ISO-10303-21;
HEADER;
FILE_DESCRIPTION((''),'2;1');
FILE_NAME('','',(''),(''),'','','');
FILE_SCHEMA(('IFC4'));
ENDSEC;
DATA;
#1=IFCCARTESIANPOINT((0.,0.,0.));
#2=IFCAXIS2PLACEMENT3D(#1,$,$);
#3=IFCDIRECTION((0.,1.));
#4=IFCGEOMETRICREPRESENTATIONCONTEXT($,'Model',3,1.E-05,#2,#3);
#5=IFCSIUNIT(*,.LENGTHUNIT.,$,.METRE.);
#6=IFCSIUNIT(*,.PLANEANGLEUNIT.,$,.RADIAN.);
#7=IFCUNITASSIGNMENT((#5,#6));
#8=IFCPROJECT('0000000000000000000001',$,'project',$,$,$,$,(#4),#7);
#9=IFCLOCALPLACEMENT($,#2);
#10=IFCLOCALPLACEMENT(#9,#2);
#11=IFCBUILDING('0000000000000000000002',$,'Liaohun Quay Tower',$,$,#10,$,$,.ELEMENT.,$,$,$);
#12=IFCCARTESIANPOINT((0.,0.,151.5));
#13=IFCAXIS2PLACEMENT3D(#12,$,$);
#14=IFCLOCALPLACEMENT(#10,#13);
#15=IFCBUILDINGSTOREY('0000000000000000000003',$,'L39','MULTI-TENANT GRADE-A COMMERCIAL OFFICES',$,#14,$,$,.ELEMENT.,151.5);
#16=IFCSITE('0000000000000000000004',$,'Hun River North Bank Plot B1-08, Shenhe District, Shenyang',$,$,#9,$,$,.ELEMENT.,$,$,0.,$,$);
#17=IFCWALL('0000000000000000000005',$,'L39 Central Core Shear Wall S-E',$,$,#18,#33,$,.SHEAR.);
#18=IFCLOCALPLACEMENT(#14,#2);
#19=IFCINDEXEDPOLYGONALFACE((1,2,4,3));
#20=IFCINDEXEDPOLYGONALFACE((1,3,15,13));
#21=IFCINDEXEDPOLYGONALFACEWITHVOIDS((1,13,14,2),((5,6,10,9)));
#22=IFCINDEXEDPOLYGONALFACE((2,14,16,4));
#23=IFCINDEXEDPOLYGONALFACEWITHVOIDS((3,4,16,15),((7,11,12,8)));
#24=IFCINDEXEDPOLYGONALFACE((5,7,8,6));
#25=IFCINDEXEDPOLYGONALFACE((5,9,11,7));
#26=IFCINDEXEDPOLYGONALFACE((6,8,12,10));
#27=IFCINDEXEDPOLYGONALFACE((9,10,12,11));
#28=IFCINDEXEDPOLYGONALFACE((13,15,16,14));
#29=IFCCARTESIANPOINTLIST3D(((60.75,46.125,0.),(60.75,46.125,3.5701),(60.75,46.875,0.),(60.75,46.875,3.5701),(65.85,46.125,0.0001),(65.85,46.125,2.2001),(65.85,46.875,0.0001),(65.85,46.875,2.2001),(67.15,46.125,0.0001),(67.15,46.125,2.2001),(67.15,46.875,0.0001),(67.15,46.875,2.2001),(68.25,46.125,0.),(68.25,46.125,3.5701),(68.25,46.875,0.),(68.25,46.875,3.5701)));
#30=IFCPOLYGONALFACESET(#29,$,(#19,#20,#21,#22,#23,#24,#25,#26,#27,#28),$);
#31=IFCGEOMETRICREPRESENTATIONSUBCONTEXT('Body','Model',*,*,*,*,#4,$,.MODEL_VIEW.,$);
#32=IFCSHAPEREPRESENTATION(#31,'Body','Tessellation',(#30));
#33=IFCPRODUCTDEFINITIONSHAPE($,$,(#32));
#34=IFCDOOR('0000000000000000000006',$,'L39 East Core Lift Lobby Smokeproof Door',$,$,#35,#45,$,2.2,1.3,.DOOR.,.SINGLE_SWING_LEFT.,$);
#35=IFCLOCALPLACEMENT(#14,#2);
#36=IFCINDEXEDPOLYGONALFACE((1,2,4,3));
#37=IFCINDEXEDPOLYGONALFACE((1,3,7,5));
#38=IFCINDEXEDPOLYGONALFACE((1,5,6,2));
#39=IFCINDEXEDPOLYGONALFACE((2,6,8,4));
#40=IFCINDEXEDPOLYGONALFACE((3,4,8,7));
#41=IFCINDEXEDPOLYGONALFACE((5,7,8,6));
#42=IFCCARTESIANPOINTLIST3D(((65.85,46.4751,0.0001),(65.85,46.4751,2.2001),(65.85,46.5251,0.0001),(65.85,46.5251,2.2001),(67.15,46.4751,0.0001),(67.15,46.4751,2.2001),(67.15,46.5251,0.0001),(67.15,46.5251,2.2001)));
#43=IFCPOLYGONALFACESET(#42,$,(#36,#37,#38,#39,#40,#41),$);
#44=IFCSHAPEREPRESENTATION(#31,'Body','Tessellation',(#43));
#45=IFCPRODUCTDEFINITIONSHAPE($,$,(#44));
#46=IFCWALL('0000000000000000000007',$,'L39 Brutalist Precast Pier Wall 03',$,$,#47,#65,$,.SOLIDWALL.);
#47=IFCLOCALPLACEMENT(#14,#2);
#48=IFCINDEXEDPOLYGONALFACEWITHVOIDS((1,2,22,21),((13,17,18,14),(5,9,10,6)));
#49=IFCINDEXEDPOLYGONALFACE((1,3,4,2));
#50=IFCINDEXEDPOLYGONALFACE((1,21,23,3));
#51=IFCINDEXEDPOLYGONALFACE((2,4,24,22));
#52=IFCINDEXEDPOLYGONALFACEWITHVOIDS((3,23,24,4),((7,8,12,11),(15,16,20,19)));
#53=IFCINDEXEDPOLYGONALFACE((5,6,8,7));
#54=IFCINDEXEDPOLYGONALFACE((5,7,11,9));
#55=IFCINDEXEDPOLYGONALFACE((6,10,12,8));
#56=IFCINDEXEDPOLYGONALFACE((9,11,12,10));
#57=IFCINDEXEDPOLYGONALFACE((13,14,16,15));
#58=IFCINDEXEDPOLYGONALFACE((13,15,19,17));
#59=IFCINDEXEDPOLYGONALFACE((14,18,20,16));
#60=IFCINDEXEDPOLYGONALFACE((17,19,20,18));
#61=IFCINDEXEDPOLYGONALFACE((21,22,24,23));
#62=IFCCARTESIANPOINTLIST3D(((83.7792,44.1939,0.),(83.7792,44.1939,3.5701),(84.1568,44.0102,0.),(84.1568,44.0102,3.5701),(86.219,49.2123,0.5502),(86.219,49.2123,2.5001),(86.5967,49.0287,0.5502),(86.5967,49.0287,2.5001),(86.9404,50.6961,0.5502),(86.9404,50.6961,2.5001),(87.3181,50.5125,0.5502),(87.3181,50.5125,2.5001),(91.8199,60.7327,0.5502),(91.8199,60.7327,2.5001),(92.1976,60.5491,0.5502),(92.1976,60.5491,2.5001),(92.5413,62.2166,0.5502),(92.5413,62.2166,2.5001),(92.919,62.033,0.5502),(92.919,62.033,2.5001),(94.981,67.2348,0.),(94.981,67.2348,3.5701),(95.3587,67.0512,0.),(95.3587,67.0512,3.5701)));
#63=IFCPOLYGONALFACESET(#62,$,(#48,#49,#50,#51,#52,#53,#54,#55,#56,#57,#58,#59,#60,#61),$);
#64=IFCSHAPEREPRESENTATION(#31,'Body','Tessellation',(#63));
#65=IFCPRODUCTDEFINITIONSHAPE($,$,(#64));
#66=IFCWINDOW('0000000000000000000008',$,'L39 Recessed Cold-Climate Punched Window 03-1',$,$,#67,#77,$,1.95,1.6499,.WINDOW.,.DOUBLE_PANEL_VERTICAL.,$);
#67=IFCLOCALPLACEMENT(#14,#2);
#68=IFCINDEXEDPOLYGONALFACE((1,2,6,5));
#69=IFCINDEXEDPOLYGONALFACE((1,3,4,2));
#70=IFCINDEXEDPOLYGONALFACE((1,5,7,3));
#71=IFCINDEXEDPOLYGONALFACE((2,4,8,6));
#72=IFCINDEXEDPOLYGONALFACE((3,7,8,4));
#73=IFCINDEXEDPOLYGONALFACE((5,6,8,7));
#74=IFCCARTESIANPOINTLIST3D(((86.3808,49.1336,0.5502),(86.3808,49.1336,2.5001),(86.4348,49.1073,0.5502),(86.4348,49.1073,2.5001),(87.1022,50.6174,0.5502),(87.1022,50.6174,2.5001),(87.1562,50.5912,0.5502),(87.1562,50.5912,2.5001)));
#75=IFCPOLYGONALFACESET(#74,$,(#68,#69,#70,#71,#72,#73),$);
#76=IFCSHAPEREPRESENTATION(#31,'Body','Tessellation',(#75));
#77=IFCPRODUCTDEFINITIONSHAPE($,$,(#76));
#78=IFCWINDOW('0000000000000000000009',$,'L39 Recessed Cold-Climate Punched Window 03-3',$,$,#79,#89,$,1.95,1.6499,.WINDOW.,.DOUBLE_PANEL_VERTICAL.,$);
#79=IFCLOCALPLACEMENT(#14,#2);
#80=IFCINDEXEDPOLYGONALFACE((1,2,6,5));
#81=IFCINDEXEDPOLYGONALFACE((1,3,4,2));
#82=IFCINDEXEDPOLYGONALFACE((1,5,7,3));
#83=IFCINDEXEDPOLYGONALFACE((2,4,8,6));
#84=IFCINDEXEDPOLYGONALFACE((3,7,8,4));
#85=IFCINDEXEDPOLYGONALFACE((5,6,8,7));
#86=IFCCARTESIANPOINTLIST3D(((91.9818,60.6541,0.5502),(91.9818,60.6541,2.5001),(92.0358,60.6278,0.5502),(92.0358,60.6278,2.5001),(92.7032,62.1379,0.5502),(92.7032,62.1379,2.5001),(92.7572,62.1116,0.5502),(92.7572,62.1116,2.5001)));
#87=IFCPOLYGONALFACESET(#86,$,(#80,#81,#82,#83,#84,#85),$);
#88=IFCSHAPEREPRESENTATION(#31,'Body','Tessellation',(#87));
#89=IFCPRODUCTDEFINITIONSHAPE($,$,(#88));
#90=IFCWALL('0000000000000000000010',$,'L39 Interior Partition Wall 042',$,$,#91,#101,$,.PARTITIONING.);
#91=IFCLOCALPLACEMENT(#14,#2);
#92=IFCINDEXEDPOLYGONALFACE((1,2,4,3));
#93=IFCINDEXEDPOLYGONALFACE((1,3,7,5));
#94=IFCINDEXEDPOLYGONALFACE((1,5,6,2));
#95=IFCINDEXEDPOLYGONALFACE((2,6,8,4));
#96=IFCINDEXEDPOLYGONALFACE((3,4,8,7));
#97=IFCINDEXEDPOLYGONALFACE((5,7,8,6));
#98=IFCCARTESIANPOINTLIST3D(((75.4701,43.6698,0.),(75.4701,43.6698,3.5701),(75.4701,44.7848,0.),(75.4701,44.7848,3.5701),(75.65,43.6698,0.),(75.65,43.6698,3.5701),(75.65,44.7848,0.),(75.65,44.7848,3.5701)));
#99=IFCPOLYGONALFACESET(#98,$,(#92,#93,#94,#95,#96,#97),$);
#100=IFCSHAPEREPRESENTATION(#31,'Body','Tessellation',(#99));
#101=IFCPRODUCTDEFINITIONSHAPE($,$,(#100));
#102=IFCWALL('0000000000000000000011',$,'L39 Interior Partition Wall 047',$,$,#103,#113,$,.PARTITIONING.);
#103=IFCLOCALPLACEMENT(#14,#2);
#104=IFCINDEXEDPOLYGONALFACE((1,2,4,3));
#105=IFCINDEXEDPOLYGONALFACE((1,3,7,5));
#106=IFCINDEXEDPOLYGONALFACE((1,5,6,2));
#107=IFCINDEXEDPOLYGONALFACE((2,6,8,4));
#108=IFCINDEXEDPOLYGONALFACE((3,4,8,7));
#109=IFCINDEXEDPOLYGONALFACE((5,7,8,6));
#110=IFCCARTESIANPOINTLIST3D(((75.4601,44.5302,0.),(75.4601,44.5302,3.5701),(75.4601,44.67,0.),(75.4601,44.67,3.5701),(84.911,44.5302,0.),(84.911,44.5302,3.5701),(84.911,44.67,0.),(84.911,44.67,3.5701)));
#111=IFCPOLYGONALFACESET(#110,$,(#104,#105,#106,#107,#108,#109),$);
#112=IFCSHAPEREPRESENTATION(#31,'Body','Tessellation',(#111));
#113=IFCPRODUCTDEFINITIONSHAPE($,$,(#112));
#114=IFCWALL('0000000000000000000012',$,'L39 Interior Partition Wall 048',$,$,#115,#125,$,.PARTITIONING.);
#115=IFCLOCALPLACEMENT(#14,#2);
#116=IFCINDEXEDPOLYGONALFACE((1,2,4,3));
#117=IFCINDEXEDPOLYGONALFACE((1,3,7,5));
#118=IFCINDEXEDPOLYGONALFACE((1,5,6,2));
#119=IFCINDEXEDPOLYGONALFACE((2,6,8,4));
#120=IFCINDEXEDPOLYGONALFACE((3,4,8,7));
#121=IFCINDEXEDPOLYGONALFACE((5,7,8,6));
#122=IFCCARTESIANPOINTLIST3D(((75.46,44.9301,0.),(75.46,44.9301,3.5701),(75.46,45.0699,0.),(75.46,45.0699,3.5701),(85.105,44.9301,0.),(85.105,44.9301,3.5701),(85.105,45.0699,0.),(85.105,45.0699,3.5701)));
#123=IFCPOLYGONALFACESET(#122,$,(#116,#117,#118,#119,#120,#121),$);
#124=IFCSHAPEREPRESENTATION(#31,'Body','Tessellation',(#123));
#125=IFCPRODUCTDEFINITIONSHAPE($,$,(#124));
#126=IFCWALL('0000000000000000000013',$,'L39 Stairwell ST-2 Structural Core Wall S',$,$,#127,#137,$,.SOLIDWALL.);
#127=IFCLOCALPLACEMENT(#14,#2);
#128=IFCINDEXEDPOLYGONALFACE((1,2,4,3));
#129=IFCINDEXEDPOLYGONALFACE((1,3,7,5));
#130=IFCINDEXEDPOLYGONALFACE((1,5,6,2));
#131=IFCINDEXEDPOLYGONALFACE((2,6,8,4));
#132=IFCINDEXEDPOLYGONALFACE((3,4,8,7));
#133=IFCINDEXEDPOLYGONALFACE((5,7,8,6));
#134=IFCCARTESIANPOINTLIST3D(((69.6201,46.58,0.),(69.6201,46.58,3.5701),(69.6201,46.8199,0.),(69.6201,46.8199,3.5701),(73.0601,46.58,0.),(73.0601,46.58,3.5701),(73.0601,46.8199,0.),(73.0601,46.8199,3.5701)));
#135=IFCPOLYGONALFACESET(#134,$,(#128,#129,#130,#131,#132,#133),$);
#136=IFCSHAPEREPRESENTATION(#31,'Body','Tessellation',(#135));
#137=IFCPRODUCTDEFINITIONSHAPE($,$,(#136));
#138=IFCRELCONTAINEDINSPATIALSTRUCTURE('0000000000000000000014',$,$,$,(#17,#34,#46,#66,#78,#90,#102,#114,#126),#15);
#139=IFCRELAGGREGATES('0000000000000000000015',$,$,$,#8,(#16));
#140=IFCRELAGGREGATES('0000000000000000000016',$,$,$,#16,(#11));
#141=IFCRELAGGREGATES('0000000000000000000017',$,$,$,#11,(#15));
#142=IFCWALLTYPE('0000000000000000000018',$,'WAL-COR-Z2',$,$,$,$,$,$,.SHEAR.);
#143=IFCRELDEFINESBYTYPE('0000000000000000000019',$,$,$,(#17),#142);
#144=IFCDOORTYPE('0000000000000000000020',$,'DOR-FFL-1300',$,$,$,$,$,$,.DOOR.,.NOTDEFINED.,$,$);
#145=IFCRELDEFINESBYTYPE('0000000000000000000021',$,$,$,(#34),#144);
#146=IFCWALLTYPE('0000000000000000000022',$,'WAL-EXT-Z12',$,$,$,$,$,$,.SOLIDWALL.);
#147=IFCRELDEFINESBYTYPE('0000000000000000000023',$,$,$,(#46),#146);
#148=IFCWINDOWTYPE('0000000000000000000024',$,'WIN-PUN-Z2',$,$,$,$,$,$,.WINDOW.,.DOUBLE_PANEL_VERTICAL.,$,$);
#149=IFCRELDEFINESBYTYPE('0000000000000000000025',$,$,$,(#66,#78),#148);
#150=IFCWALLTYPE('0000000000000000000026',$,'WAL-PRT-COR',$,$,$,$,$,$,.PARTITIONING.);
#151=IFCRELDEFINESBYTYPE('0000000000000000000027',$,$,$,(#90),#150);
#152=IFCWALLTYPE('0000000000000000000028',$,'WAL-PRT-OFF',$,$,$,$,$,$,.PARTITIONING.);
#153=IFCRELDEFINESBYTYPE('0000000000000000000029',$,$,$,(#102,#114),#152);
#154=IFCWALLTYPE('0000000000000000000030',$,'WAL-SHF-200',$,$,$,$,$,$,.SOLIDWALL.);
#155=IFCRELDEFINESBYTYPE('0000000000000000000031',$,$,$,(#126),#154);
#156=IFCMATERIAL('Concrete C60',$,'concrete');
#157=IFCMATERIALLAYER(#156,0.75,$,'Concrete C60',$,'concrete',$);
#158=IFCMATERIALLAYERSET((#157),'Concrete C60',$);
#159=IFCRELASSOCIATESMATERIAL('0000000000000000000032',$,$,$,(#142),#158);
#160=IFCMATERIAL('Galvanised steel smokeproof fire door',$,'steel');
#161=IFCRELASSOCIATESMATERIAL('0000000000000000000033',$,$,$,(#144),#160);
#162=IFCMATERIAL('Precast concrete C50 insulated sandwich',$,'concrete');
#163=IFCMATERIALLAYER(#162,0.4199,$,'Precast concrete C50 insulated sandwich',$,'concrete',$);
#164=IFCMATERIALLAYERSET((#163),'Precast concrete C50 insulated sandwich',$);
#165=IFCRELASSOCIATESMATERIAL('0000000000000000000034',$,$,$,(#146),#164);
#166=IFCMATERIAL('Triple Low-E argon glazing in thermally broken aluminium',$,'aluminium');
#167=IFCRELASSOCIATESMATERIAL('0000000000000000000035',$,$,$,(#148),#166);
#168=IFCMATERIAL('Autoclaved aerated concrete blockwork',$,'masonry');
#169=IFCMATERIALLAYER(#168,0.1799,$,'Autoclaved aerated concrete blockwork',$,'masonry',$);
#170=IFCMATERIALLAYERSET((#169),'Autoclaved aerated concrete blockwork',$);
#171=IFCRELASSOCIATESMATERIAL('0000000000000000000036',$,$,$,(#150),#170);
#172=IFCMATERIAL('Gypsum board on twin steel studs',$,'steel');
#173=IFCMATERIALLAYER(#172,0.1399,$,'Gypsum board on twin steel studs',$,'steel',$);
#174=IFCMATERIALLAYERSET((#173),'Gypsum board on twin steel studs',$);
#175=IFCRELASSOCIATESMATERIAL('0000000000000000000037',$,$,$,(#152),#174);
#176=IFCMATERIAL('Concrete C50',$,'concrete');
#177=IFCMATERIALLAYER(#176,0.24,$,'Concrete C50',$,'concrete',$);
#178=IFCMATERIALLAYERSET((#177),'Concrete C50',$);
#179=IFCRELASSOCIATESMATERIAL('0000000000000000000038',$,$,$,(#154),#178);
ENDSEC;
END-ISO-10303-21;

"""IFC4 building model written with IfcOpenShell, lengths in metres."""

from ifc_helpers import new_model, si_unit, direction, frame, frame_2d, origin, place, context, subcontext, project, spatial, rectangle, extrude, source, transform, mapped, material, layer, layer_set, type_object, element, fill, save


model = new_model("IFC4")

# Units and contexts
model_context = context("Model", 3, precision=1e-05, world=origin(), true_north=direction((0.0, 1.0)))
body_context = subcontext(model_context, "Body", "Model", "MODEL_VIEW")
ifc_project = project(units=[si_unit("LENGTHUNIT", "METRE"), si_unit("PLANEANGLEUNIT", "RADIAN")], contexts=[model_context])

# Site, building, storey
site_placement = place(None, origin())
site = spatial("IfcSite", under=ifc_project, at=site_placement, Name="Hun River North Bank Plot B1-08, Shenhe District, Shenyang", CompositionType="ELEMENT", RefElevation=0.0)
building_placement = place(site_placement, origin())
building = spatial("IfcBuilding", under=site, at=building_placement, Name="Liaohun Quay Tower", CompositionType="ELEMENT")
storey_placement = place(building_placement, frame((0.0, 0.0, 151.5)))
storey = spatial("IfcBuildingStorey", under=building, at=storey_placement, Name="L39", Description="MULTI-TENANT GRADE-A COMMERCIAL OFFICES", CompositionType="ELEMENT", Elevation=151.5)

# Shared definitions
ifc_material_1 = material(Name="Concrete C60", Category="concrete")

# Wall, opening, door
ifc_layer_1 = layer(ifc_material_1, 0.75, Name="Concrete C60", Category="concrete")
ifc_layer_set_1 = layer_set([ifc_layer_1], Name="Concrete C60")
wall_type_1 = type_object("IfcWallType", Name="WAL-COR-Z2", PredefinedType="SHEAR", material=ifc_layer_set_1)
wall_1_placement = place(storey_placement, frame((68.25, 46.5, 0.0), z_axis=(0.0, 0.0, 1.0), x_axis=(-1.0, 0.0, 0.0)))
wall_1 = element("IfcWall", 1, at=wall_1_placement, inside=storey, type_object=wall_type_1, Name="L39 Central Core Shear Wall S-E", PredefinedType="SHEAR", context=body_context, shape_type="SweptSolid", body=[
    extrude(rectangle(XDim=7.5, YDim=0.75, at=frame_2d((3.75, 0.0))), origin(), (0.0, 0.0, 1.0), 3.5701),
])
shared_shape_1 = source(origin(), body_context, "Body", "SweptSolid", [
    extrude(rectangle(XDim=1.3, YDim=2.2, at=frame_2d((0.6499, 1.1001))), frame((0.0, 0.385, 0.0), z_axis=(0.0, -1.0, 0.0), x_axis=(1.0, 0.0, 0.0)), (0.0, 0.0, 1.0), 0.77),
])
opening_1_placement = place(wall_1_placement, frame((1.1001, 0.0, 0.0)))
opening_1 = element("IfcOpeningElement", 2, at=opening_1_placement, cuts=wall_1, PredefinedType="OPENING", context=body_context, shape_type="MappedRepresentation", body=[
    mapped(shared_shape_1, transform((0.0, 0.0, 0.0), x_axis=(1.0, 0.0, 0.0), y_axis=(0.0, 1.0, 0.0), z_axis=(0.0, 0.0, 1.0), scale=1.0)),
])
ifc_material_2 = material(Name="Galvanised steel smokeproof fire door", Category="steel")
door_type = type_object("IfcDoorType", Name="DOR-FFL-1300", OperationType="NOTDEFINED", PredefinedType="DOOR", material=ifc_material_2)
shared_shape_2 = source(origin(), body_context, "Body", "SweptSolid", [
    extrude(rectangle(XDim=1.3, YDim=2.2, at=frame_2d((0.6499, 1.1001))), frame((0.0, 0.0249, 0.0), z_axis=(0.0, -1.0, 0.0), x_axis=(1.0, 0.0, 0.0)), (0.0, 0.0, 1.0), 0.05),
])
door_placement = place(opening_1_placement, origin())
door = element("IfcDoor", 3, at=door_placement, inside=storey, type_object=door_type, Name="L39 East Core Lift Lobby Smokeproof Door", OperationType="SINGLE_SWING_LEFT", OverallHeight=2.2, OverallWidth=1.3, PredefinedType="DOOR", context=body_context, shape_type="MappedRepresentation", body=[
    mapped(shared_shape_2, transform((0.0, 0.0, 0.0), x_axis=(1.0, 0.0, 0.0), y_axis=(0.0, 1.0, 0.0), z_axis=(0.0, 0.0, 1.0), scale=1.0)),
])
fill(opening_1, door)

# Wall, openings, windows
ifc_material_3 = material(Name="Precast concrete C50 insulated sandwich", Category="concrete")
ifc_layer_2 = layer(ifc_material_3, 0.4199, Name="Precast concrete C50 insulated sandwich", Category="concrete")
ifc_layer_set_2 = layer_set([ifc_layer_2], Name="Precast concrete C50 insulated sandwich")
wall_type_2 = type_object("IfcWallType", Name="WAL-EXT-Z12", PredefinedType="SOLIDWALL", material=ifc_layer_set_2)
wall_2_placement = place(storey_placement, frame((83.968, 44.1021, 0.0), z_axis=(0.0, 0.0, 1.0), x_axis=(0.437237, 0.899346, 0.0)))
wall_2 = element("IfcWall", 4, at=wall_2_placement, inside=storey, type_object=wall_type_2, Name="L39 Brutalist Precast Pier Wall 03", PredefinedType="SOLIDWALL", context=body_context, shape_type="SweptSolid", body=[
    extrude(rectangle(XDim=25.6196, YDim=0.4199, at=frame_2d((12.8098, 0.0))), origin(), (0.0, 0.0, 1.0), 3.5701),
])
shared_shape_3 = source(origin(), body_context, "Body", "SweptSolid", [
    extrude(rectangle(XDim=1.6499, YDim=1.95, at=frame_2d((0.825, 0.9751))), frame((0.0, 0.22, 0.0), z_axis=(0.0, -1.0, 0.0), x_axis=(1.0, 0.0, 0.0)), (0.0, 0.0, 1.0), 0.4399),
])
opening_2_placement = place(wall_2_placement, frame((5.5801, 0.0, 0.55)))
opening_2 = element("IfcOpeningElement", 5, at=opening_2_placement, cuts=wall_2, PredefinedType="OPENING", context=body_context, shape_type="MappedRepresentation", body=[
    mapped(shared_shape_3, transform((0.0, 0.0, 0.0), x_axis=(1.0, 0.0, 0.0), y_axis=(0.0, 1.0, 0.0), z_axis=(0.0, 0.0, 1.0), scale=1.0)),
])
opening_3_placement = place(wall_2_placement, frame((18.3899, 0.0, 0.55)))
opening_3 = element("IfcOpeningElement", 6, at=opening_3_placement, cuts=wall_2, PredefinedType="OPENING", context=body_context, shape_type="MappedRepresentation", body=[
    mapped(shared_shape_3, transform((0.0, 0.0, 0.0), x_axis=(1.0, 0.0, 0.0), y_axis=(0.0, 1.0, 0.0), z_axis=(0.0, 0.0, 1.0), scale=1.0)),
])
ifc_material_4 = material(Name="Triple Low-E argon glazing in thermally broken aluminium", Category="aluminium")
window_type = type_object("IfcWindowType", Name="WIN-PUN-Z2", PartitioningType="DOUBLE_PANEL_VERTICAL", PredefinedType="WINDOW", material=ifc_material_4)
shared_shape_4 = source(origin(), body_context, "Body", "SweptSolid", [
    extrude(rectangle(XDim=1.6499, YDim=1.95, at=frame_2d((0.825, 0.9751))), frame((0.0, 0.03, 0.0), z_axis=(0.0, -1.0, 0.0), x_axis=(1.0, 0.0, 0.0)), (0.0, 0.0, 1.0), 0.0601),
])
window_1_placement = place(opening_2_placement, origin())
window_1 = element("IfcWindow", 7, at=window_1_placement, inside=storey, type_object=window_type, Name="L39 Recessed Cold-Climate Punched Window 03-1", OverallHeight=1.95, OverallWidth=1.6499, PartitioningType="DOUBLE_PANEL_VERTICAL", PredefinedType="WINDOW", context=body_context, shape_type="MappedRepresentation", body=[
    mapped(shared_shape_4, transform((0.0, 0.0, 0.0), x_axis=(1.0, 0.0, 0.0), y_axis=(0.0, 1.0, 0.0), z_axis=(0.0, 0.0, 1.0), scale=1.0)),
])
fill(opening_2, window_1)
window_2_placement = place(opening_3_placement, origin())
window_2 = element("IfcWindow", 8, at=window_2_placement, inside=storey, type_object=window_type, Name="L39 Recessed Cold-Climate Punched Window 03-3", OverallHeight=1.95, OverallWidth=1.6499, PartitioningType="DOUBLE_PANEL_VERTICAL", PredefinedType="WINDOW", context=body_context, shape_type="MappedRepresentation", body=[
    mapped(shared_shape_4, transform((0.0, 0.0, 0.0), x_axis=(1.0, 0.0, 0.0), y_axis=(0.0, 1.0, 0.0), z_axis=(0.0, 0.0, 1.0), scale=1.0)),
])
fill(opening_3, window_2)

# Walls
ifc_material_5 = material(Name="Autoclaved aerated concrete blockwork", Category="masonry")
ifc_layer_3 = layer(ifc_material_5, 0.1799, Name="Autoclaved aerated concrete blockwork", Category="masonry")
ifc_layer_set_3 = layer_set([ifc_layer_3], Name="Autoclaved aerated concrete blockwork")
wall_type_3 = type_object("IfcWallType", Name="WAL-PRT-COR", PredefinedType="PARTITIONING", material=ifc_layer_set_3)
wall_3_placement = place(storey_placement, frame((75.5601, 44.7849, 0.0), z_axis=(0.0, 0.0, 1.0), x_axis=(0.0, -1.0, 0.0)))
element("IfcWall", 9, at=wall_3_placement, inside=storey, type_object=wall_type_3, Name="L39 Interior Partition Wall 042", PredefinedType="PARTITIONING", context=body_context, shape_type="SweptSolid", body=[
    extrude(rectangle(XDim=1.115, YDim=0.1799, at=frame_2d((0.5576, 0.0))), origin(), (0.0, 0.0, 1.0), 3.5701),
])
ifc_material_6 = material(Name="Gypsum board on twin steel studs", Category="steel")
ifc_layer_4 = layer(ifc_material_6, 0.1399, Name="Gypsum board on twin steel studs", Category="steel")
ifc_layer_set_4 = layer_set([ifc_layer_4], Name="Gypsum board on twin steel studs")
wall_type_4 = type_object("IfcWallType", Name="WAL-PRT-OFF", PredefinedType="PARTITIONING", material=ifc_layer_set_4)
wall_4_placement = place(storey_placement, frame((75.46, 44.6001, 0.0), z_axis=(0.0, 0.0, 1.0), x_axis=(1.0, 0.0, 0.0)))
element("IfcWall", 10, at=wall_4_placement, inside=storey, type_object=wall_type_4, Name="L39 Interior Partition Wall 047", PredefinedType="PARTITIONING", context=body_context, shape_type="SweptSolid", body=[
    extrude(rectangle(XDim=9.4509, YDim=0.1399, at=frame_2d((4.7256, 0.0))), origin(), (0.0, 0.0, 1.0), 3.5701),
])
wall_5_placement = place(storey_placement, frame((75.46, 45.0, 0.0), z_axis=(0.0, 0.0, 1.0), x_axis=(1.0, 0.0, 0.0)))
element("IfcWall", 11, at=wall_5_placement, inside=storey, type_object=wall_type_4, Name="L39 Interior Partition Wall 048", PredefinedType="PARTITIONING", context=body_context, shape_type="SweptSolid", body=[
    extrude(rectangle(XDim=9.645, YDim=0.1399, at=frame_2d((4.8225, 0.0))), origin(), (0.0, 0.0, 1.0), 3.5701),
])
ifc_material_7 = material(Name="Concrete C50", Category="concrete")
ifc_layer_5 = layer(ifc_material_7, 0.24, Name="Concrete C50", Category="concrete")
ifc_layer_set_5 = layer_set([ifc_layer_5], Name="Concrete C50")
wall_type_5 = type_object("IfcWallType", Name="WAL-SHF-200", PredefinedType="SOLIDWALL", material=ifc_layer_set_5)
wall_6_placement = place(storey_placement, frame((69.6201, 46.7, 0.0), z_axis=(0.0, 0.0, 1.0), x_axis=(1.0, 0.0, 0.0)))
element("IfcWall", 12, at=wall_6_placement, inside=storey, type_object=wall_type_5, Name="L39 Stairwell ST-2 Structural Core Wall S", PredefinedType="SOLIDWALL", context=body_context, shape_type="SweptSolid", body=[
    extrude(rectangle(XDim=3.4399, YDim=0.24, at=frame_2d((1.72, 0.0))), origin(), (0.0, 0.0, 1.0), 3.5701),
])

save(model, "model.ifc")
